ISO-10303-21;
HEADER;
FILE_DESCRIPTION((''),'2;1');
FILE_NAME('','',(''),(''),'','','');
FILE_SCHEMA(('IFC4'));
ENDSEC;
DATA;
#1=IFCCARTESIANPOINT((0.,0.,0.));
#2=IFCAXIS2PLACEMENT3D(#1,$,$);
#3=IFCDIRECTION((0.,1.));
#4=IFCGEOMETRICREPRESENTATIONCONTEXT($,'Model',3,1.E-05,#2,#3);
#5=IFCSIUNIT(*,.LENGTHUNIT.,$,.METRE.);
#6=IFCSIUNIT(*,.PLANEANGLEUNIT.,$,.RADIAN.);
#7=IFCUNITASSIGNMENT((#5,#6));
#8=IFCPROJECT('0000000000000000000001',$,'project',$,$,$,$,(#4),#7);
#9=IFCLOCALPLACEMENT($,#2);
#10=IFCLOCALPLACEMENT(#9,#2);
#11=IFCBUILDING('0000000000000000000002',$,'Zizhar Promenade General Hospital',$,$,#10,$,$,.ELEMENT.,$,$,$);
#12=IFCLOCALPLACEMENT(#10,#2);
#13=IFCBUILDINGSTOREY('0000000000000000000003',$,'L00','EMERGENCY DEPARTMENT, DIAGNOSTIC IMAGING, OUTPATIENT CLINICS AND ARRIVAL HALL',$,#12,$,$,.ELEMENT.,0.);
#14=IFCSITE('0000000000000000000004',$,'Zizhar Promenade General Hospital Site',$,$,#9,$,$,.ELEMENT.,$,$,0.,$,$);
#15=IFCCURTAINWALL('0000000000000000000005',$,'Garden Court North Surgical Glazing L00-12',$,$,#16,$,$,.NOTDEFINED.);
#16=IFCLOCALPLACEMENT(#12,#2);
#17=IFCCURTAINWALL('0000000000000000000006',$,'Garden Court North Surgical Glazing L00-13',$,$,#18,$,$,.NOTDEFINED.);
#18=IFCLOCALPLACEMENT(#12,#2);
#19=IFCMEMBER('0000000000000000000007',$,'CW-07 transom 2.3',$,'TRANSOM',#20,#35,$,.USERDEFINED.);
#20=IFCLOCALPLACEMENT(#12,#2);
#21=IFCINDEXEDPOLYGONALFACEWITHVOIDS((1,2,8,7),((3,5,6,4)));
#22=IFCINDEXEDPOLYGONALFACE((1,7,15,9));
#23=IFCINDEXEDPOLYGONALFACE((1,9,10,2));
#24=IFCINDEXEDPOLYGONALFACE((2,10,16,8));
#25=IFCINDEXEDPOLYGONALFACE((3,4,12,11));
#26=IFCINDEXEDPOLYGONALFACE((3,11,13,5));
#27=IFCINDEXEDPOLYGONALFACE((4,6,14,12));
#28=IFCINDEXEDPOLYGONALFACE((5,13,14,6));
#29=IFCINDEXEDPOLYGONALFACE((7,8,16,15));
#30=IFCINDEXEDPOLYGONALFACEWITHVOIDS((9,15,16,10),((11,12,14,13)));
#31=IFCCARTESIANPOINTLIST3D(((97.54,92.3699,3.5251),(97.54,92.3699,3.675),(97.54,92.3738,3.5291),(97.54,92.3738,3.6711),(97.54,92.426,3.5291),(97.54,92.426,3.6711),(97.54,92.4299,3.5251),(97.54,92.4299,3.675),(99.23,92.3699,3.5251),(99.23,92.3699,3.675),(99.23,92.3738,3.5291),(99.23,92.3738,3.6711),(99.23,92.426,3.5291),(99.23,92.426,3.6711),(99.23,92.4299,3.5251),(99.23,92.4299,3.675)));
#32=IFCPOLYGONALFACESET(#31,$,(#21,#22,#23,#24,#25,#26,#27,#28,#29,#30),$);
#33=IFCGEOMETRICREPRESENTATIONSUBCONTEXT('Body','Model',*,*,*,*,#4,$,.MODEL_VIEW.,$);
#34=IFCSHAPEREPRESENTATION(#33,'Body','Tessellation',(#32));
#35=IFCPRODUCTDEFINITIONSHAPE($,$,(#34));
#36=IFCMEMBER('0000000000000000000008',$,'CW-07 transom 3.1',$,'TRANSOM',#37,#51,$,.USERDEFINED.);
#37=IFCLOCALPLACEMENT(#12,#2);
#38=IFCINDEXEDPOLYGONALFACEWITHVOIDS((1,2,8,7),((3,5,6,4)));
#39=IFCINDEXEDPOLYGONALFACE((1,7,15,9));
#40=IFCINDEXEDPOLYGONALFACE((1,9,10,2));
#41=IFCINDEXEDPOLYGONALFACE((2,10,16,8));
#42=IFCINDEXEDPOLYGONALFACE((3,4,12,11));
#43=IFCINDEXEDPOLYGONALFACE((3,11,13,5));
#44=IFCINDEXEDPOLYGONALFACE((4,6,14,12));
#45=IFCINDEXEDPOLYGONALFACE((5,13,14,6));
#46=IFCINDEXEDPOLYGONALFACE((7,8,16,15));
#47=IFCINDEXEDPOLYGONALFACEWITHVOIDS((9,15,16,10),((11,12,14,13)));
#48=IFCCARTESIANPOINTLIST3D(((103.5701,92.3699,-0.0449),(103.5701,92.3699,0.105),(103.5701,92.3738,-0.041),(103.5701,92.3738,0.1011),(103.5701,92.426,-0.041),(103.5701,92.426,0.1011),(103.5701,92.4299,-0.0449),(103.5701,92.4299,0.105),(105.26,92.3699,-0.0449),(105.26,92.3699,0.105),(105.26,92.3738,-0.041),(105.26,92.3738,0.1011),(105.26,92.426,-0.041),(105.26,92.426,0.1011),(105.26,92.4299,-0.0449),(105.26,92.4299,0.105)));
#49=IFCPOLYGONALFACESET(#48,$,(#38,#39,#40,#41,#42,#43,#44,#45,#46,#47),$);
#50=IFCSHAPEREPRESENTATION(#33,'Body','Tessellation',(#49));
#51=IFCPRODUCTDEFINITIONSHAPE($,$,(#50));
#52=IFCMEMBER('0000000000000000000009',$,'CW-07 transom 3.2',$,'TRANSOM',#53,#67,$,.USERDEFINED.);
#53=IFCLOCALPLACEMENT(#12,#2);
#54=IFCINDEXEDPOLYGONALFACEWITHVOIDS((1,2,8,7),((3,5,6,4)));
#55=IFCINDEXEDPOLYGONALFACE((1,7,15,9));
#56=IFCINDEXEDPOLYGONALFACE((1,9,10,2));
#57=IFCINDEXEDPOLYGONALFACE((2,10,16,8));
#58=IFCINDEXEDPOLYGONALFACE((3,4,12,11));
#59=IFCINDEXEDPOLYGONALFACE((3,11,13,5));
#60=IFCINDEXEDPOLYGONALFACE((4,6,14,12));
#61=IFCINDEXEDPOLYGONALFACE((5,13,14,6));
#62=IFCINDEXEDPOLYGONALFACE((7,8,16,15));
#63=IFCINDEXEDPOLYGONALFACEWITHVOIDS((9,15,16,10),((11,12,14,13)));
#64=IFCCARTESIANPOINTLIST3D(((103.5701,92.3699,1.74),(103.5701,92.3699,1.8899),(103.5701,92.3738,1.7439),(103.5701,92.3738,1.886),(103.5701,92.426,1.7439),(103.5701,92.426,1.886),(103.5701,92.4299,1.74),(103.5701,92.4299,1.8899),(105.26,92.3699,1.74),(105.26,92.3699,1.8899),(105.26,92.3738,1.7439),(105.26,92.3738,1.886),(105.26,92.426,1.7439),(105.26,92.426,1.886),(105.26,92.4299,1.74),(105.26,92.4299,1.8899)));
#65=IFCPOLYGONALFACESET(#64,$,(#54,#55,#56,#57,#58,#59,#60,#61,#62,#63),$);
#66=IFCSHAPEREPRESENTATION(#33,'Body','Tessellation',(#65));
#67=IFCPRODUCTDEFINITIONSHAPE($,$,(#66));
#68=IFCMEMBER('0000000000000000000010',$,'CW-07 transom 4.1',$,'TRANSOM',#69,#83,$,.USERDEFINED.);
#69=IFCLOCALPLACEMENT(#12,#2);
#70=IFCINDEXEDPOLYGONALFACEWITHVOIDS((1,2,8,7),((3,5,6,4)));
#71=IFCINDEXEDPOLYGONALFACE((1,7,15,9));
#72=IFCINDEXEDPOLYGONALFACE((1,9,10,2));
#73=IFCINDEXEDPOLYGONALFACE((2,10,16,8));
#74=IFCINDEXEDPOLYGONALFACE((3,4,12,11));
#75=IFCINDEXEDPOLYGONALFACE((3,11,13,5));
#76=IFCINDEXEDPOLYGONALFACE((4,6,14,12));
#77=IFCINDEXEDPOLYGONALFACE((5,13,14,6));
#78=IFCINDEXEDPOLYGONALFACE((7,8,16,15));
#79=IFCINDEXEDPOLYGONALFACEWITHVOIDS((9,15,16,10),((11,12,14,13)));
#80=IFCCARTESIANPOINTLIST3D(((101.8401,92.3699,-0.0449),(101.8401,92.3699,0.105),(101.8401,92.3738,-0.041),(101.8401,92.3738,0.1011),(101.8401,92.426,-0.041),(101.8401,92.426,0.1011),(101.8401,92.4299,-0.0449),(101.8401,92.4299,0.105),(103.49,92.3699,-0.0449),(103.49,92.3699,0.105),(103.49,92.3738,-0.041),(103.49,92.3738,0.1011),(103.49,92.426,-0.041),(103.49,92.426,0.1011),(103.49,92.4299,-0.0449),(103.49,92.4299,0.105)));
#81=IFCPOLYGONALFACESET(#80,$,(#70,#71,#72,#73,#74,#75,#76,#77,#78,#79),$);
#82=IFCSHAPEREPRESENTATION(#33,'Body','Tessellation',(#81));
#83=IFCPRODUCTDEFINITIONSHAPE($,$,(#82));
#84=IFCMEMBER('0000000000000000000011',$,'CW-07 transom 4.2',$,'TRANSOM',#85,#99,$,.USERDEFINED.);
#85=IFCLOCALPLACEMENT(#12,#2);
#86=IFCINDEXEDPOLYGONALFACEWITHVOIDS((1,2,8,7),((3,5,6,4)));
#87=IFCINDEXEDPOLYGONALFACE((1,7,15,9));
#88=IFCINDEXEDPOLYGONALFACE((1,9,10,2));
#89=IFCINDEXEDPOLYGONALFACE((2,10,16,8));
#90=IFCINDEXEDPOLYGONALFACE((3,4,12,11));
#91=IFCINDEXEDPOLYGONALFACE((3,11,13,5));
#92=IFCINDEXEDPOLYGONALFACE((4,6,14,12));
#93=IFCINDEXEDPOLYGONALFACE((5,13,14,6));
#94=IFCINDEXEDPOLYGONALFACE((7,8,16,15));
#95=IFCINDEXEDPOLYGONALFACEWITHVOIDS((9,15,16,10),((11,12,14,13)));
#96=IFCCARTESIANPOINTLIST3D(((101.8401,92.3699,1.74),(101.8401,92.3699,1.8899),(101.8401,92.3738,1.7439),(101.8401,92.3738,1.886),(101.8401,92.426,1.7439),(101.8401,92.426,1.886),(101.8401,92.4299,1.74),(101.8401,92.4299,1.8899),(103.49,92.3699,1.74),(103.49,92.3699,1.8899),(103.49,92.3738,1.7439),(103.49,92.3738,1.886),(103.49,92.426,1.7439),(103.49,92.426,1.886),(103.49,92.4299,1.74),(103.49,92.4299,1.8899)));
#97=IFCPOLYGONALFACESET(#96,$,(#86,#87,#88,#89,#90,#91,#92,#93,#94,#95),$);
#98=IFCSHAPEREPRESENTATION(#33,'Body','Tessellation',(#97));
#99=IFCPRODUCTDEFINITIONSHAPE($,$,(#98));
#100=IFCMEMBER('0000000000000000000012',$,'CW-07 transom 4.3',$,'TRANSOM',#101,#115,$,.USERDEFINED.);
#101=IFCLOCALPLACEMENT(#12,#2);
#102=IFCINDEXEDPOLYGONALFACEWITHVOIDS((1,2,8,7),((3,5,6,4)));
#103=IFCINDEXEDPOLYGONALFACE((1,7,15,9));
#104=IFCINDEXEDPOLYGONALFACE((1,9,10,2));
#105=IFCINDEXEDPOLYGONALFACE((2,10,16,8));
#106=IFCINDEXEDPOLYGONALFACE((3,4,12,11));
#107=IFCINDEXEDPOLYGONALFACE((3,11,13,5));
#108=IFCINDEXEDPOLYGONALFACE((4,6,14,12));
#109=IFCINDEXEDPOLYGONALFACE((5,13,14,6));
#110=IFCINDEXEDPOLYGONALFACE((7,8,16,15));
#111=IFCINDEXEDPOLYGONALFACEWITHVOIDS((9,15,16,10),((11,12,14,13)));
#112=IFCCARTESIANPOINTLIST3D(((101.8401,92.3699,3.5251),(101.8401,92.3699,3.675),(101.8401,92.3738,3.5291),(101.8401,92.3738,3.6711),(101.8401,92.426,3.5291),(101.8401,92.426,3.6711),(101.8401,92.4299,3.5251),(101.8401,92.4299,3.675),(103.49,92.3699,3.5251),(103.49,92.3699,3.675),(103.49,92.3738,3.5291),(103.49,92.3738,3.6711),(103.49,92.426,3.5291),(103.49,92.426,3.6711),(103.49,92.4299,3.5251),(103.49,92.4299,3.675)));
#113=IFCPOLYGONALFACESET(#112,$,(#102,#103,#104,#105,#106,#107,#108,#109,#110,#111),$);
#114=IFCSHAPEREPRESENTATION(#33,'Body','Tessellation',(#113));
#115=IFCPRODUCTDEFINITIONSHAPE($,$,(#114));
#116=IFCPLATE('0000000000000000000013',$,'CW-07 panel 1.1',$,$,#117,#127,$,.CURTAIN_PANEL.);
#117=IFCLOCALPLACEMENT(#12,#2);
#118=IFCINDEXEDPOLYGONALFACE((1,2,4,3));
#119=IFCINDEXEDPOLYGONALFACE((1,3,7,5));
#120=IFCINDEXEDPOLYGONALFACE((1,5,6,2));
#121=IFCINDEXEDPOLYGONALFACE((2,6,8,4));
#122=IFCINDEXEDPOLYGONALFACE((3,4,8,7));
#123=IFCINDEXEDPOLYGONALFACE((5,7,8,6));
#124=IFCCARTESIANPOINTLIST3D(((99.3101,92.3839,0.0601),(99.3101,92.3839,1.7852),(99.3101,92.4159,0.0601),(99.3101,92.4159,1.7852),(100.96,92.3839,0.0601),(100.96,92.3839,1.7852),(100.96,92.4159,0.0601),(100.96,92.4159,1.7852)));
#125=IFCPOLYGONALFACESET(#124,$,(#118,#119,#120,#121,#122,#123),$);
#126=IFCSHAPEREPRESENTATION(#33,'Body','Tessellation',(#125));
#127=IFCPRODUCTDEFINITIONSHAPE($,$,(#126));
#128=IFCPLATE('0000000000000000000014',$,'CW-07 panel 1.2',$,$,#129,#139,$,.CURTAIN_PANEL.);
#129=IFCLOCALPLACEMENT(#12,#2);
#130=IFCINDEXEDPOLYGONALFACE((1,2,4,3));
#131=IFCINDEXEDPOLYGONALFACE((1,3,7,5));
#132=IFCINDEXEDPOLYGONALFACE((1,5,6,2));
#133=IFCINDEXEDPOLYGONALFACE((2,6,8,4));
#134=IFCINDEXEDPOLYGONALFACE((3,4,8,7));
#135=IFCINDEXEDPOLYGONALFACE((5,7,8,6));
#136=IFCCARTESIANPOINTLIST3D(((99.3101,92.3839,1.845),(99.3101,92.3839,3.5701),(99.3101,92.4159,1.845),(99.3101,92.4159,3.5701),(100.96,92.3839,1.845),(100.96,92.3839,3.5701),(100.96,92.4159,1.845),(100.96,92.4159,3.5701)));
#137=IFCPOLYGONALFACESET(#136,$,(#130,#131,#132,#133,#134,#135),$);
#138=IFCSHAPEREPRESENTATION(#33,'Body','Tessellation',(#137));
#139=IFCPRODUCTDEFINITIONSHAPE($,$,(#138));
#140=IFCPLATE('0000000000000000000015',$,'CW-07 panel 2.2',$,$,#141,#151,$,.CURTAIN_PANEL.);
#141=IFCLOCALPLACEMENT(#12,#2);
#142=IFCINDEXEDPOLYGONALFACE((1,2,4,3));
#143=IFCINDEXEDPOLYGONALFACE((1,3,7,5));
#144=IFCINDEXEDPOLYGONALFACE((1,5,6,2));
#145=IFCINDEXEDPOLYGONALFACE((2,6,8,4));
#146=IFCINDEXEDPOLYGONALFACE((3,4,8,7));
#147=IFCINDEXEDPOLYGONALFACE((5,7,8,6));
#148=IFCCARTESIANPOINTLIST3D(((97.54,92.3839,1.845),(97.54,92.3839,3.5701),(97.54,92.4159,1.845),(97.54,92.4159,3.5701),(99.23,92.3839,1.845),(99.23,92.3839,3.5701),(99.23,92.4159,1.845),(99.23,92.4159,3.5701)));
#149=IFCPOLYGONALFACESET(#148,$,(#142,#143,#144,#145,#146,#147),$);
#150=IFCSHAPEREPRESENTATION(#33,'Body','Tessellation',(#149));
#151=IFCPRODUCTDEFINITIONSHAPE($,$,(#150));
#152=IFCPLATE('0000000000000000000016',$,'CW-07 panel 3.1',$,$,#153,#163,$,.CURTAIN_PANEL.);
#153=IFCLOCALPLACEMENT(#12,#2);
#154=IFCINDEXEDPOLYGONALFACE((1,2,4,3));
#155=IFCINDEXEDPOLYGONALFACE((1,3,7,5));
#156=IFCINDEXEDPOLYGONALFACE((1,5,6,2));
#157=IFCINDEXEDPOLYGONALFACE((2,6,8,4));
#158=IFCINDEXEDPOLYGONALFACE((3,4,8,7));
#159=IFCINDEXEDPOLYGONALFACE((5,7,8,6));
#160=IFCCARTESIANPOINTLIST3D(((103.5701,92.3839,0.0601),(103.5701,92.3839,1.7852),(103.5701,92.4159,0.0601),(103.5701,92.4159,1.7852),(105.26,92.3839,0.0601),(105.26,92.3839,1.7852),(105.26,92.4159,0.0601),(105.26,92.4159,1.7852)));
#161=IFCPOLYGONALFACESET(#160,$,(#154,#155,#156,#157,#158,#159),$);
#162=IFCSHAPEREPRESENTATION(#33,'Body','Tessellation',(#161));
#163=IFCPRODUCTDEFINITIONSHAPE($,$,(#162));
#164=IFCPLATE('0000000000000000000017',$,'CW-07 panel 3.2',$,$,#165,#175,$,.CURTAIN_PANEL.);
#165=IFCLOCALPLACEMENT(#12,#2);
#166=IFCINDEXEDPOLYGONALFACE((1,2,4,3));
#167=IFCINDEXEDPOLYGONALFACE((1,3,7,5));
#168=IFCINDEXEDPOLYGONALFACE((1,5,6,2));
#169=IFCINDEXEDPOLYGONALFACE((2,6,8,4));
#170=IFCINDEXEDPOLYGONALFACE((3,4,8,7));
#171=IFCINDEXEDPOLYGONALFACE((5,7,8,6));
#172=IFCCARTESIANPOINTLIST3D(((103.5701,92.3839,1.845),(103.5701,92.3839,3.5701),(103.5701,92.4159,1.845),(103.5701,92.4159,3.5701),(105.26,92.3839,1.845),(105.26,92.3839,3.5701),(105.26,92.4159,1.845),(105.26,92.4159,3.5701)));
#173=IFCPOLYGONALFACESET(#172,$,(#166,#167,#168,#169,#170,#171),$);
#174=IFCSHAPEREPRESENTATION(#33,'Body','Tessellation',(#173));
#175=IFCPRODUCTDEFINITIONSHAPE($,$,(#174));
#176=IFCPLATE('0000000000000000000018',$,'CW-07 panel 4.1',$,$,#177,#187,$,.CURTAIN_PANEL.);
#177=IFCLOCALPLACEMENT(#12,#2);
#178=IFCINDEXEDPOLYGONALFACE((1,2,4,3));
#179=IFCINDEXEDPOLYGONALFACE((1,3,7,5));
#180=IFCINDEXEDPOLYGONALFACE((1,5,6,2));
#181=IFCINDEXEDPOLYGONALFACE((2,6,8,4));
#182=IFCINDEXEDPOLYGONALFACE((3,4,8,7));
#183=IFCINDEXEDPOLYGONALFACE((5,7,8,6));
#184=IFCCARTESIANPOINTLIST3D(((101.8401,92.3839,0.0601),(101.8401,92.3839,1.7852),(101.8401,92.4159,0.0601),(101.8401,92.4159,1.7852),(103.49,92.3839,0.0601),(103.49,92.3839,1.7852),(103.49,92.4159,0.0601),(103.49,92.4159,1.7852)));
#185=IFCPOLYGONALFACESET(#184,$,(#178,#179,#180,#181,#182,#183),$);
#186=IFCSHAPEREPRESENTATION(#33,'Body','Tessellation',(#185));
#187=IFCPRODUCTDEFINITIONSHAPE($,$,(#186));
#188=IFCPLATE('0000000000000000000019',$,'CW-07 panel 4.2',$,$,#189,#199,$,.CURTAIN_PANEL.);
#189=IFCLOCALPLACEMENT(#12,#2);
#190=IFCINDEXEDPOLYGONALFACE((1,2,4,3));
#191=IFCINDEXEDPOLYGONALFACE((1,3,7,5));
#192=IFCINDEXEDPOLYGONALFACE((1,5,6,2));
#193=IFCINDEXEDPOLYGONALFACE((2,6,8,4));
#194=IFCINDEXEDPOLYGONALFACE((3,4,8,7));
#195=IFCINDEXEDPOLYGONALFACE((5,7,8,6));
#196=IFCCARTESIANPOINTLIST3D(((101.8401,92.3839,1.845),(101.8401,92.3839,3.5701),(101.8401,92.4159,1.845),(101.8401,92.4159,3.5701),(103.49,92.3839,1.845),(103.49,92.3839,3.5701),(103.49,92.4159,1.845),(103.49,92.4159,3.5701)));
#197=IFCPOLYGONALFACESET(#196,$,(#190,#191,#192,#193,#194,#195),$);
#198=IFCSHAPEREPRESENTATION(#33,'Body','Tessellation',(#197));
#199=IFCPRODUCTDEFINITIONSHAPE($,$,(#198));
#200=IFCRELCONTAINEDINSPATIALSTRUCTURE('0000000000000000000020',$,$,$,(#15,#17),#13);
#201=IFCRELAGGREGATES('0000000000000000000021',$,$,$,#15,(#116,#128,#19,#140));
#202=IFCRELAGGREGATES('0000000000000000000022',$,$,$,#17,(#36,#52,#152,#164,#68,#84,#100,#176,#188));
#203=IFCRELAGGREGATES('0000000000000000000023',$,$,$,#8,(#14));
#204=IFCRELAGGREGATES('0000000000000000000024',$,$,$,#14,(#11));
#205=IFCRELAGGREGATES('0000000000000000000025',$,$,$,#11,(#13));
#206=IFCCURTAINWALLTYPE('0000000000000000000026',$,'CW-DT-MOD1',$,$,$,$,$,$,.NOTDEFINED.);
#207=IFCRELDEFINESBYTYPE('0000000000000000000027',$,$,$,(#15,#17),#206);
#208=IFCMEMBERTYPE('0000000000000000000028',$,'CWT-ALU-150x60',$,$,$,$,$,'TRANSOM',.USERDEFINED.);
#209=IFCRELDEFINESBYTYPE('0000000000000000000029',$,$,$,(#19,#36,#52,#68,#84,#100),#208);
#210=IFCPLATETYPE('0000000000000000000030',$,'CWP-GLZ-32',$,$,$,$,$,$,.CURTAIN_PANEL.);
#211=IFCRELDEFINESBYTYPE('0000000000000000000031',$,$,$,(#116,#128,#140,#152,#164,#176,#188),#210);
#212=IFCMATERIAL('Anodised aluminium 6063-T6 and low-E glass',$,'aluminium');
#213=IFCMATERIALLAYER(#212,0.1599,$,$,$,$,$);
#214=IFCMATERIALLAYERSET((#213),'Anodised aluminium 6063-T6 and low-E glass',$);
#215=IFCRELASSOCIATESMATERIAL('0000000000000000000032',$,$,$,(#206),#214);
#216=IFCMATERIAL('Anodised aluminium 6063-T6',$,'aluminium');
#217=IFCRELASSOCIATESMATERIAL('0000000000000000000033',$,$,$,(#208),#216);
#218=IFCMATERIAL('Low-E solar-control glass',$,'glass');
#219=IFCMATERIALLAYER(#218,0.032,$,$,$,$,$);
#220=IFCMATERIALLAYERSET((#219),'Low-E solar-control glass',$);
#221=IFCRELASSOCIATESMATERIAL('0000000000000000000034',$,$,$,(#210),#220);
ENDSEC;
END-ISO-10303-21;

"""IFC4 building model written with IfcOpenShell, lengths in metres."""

from ifc_helpers import new_model, si_unit, direction, frame, origin, origin_2d, place, context, subcontext, project, spatial, rectangle, hollow_rectangle, extrude, material, layer, layer_set, material_profile, profile_set, type_object, element, aggregate, save


model = new_model("IFC4")

# Units and contexts
model_context = context("Model", 3, precision=1e-05, world=origin(), true_north=direction((0.0, 1.0)))
body_context = subcontext(model_context, "Body", "Model", "MODEL_VIEW")
ifc_project = project(units=[si_unit("LENGTHUNIT", "METRE"), si_unit("PLANEANGLEUNIT", "RADIAN")], contexts=[model_context])

# Site, building, storey
site_placement = place(None, origin())
site = spatial("IfcSite", under=ifc_project, at=site_placement, Name="Zizhar Promenade General Hospital Site", CompositionType="ELEMENT", RefElevation=0.0)
building_placement = place(site_placement, origin())
building = spatial("IfcBuilding", under=site, at=building_placement, Name="Zizhar Promenade General Hospital", CompositionType="ELEMENT")
storey_placement = place(building_placement, origin())
storey = spatial("IfcBuildingStorey", under=building, at=storey_placement, Name="L00", Description="EMERGENCY DEPARTMENT, DIAGNOSTIC IMAGING, OUTPATIENT CLINICS AND ARRIVAL HALL", CompositionType="ELEMENT", Elevation=0.0)

# Curtain walls
ifc_material_1 = material(Name="Anodised aluminium 6063-T6 and low-E glass", Category="aluminium")
ifc_layer_1 = layer(ifc_material_1, 0.1599)
ifc_layer_set_1 = layer_set([ifc_layer_1], Name="Anodised aluminium 6063-T6 and low-E glass")
curtain_wall_type = type_object("IfcCurtainWallType", Name="CW-DT-MOD1", PredefinedType="NOTDEFINED", material=ifc_layer_set_1)
curtain_wall_1_placement = place(storey_placement, origin())
curtain_wall_1 = element("IfcCurtainWall", 1, at=curtain_wall_1_placement, inside=storey, type_object=curtain_wall_type, Name="Garden Court North Surgical Glazing L00-12", PredefinedType="NOTDEFINED")
curtain_wall_2_placement = place(storey_placement, origin())
curtain_wall_2 = element("IfcCurtainWall", 2, at=curtain_wall_2_placement, inside=storey, type_object=curtain_wall_type, Name="Garden Court North Surgical Glazing L00-13", PredefinedType="NOTDEFINED")

# Members
ifc_material_2 = material(Name="Anodised aluminium 6063-T6", Category="aluminium")
ifc_material_profile_1 = material_profile(ifc_material_2, hollow_rectangle(XDim=0.0601, YDim=0.1499, WallThickness=0.0039, at=origin_2d()))
ifc_profile_set_1 = profile_set([ifc_material_profile_1], Name="Anodised aluminium 6063-T6")
member_type_1 = type_object("IfcMemberType", Name="CWT-ALU-150x60", ElementType="TRANSOM", PredefinedType="USERDEFINED", material=ifc_profile_set_1)
member_1_placement = place(storey_placement, frame((99.23, 92.3999, 3.6001), z_axis=(-1.0, 0.0, 0.0), x_axis=(0.0, -1.0, 0.0)))
member_1 = element("IfcMember", 3, at=member_1_placement, type_object=member_type_1, Name="CW-07 transom 2.3", ObjectType="TRANSOM", PredefinedType="USERDEFINED", context=body_context, shape_type="SweptSolid", body=[
    extrude(hollow_rectangle(XDim=0.0601, YDim=0.1499, WallThickness=0.0039, at=origin_2d()), origin(), (0.0, 0.0, 1.0), 1.6899),
])
member_2_placement = place(storey_placement, frame((105.26, 92.3999, 0.03), z_axis=(-1.0, 0.0, 0.0), x_axis=(0.0, -1.0, 0.0)))
member_2 = element("IfcMember", 4, at=member_2_placement, type_object=member_type_1, Name="CW-07 transom 3.1", ObjectType="TRANSOM", PredefinedType="USERDEFINED", context=body_context, shape_type="SweptSolid", body=[
    extrude(hollow_rectangle(XDim=0.0601, YDim=0.1499, WallThickness=0.0039, at=origin_2d()), origin(), (0.0, 0.0, 1.0), 1.6899),
])
member_3_placement = place(storey_placement, frame((105.26, 92.3999, 1.8149), z_axis=(-1.0, 0.0, 0.0), x_axis=(0.0, -1.0, 0.0)))
member_3 = element("IfcMember", 5, at=member_3_placement, type_object=member_type_1, Name="CW-07 transom 3.2", ObjectType="TRANSOM", PredefinedType="USERDEFINED", context=body_context, shape_type="SweptSolid", body=[
    extrude(hollow_rectangle(XDim=0.0601, YDim=0.1499, WallThickness=0.0039, at=origin_2d()), origin(), (0.0, 0.0, 1.0), 1.6899),
])
member_4_placement = place(storey_placement, frame((103.49, 92.3999, 0.03), z_axis=(-1.0, 0.0, 0.0), x_axis=(0.0, -1.0, 0.0)))
member_4 = element("IfcMember", 6, at=member_4_placement, type_object=member_type_1, Name="CW-07 transom 4.1", ObjectType="TRANSOM", PredefinedType="USERDEFINED", context=body_context, shape_type="SweptSolid", body=[
    extrude(hollow_rectangle(XDim=0.0601, YDim=0.1499, WallThickness=0.0039, at=origin_2d()), origin(), (0.0, 0.0, 1.0), 1.6499),
])
member_5_placement = place(storey_placement, frame((103.49, 92.3999, 1.8149), z_axis=(-1.0, 0.0, 0.0), x_axis=(0.0, -1.0, 0.0)))
member_5 = element("IfcMember", 7, at=member_5_placement, type_object=member_type_1, Name="CW-07 transom 4.2", ObjectType="TRANSOM", PredefinedType="USERDEFINED", context=body_context, shape_type="SweptSolid", body=[
    extrude(hollow_rectangle(XDim=0.0601, YDim=0.1499, WallThickness=0.0039, at=origin_2d()), origin(), (0.0, 0.0, 1.0), 1.6499),
])
member_6_placement = place(storey_placement, frame((103.49, 92.3999, 3.6001), z_axis=(-1.0, 0.0, 0.0), x_axis=(0.0, -1.0, 0.0)))
member_6 = element("IfcMember", 8, at=member_6_placement, type_object=member_type_1, Name="CW-07 transom 4.3", ObjectType="TRANSOM", PredefinedType="USERDEFINED", context=body_context, shape_type="SweptSolid", body=[
    extrude(hollow_rectangle(XDim=0.0601, YDim=0.1499, WallThickness=0.0039, at=origin_2d()), origin(), (0.0, 0.0, 1.0), 1.6499),
])

# Plates
ifc_material_3 = material(Name="Low-E solar-control glass", Category="glass")
ifc_layer_2 = layer(ifc_material_3, 0.032)
ifc_layer_set_2 = layer_set([ifc_layer_2], Name="Low-E solar-control glass")
plate_type = type_object("IfcPlateType", Name="CWP-GLZ-32", PredefinedType="CURTAIN_PANEL", material=ifc_layer_set_2)
plate_1_placement = place(storey_placement, frame((100.135, 92.3999, 0.0601), z_axis=(0.0, 0.0, 1.0), x_axis=(-1.0, 0.0, 0.0)))
plate_1 = element("IfcPlate", 9, at=plate_1_placement, type_object=plate_type, Name="CW-07 panel 1.1", PredefinedType="CURTAIN_PANEL", context=body_context, shape_type="SweptSolid", body=[
    extrude(rectangle(XDim=1.6499, YDim=0.032, at=origin_2d()), origin(), (0.0, 0.0, 1.0), 1.7251),
])
plate_2_placement = place(storey_placement, frame((100.135, 92.3999, 1.845), z_axis=(0.0, 0.0, 1.0), x_axis=(-1.0, 0.0, 0.0)))
plate_2 = element("IfcPlate", 10, at=plate_2_placement, type_object=plate_type, Name="CW-07 panel 1.2", PredefinedType="CURTAIN_PANEL", context=body_context, shape_type="SweptSolid", body=[
    extrude(rectangle(XDim=1.6499, YDim=0.032, at=origin_2d()), origin(), (0.0, 0.0, 1.0), 1.7251),
])
plate_3_placement = place(storey_placement, frame((98.385, 92.3999, 1.845), z_axis=(0.0, 0.0, 1.0), x_axis=(-1.0, 0.0, 0.0)))
plate_3 = element("IfcPlate", 11, at=plate_3_placement, type_object=plate_type, Name="CW-07 panel 2.2", PredefinedType="CURTAIN_PANEL", context=body_context, shape_type="SweptSolid", body=[
    extrude(rectangle(XDim=1.6899, YDim=0.032, at=origin_2d()), origin(), (0.0, 0.0, 1.0), 1.7251),
])
aggregate(curtain_wall_1, [plate_1, plate_2, member_1, plate_3])
plate_4_placement = place(storey_placement, frame((104.415, 92.3999, 0.0601), z_axis=(0.0, 0.0, 1.0), x_axis=(-1.0, 0.0, 0.0)))
plate_4 = element("IfcPlate", 12, at=plate_4_placement, type_object=plate_type, Name="CW-07 panel 3.1", PredefinedType="CURTAIN_PANEL", context=body_context, shape_type="SweptSolid", body=[
    extrude(rectangle(XDim=1.6899, YDim=0.032, at=origin_2d()), origin(), (0.0, 0.0, 1.0), 1.7251),
])
plate_5_placement = place(storey_placement, frame((104.415, 92.3999, 1.845), z_axis=(0.0, 0.0, 1.0), x_axis=(-1.0, 0.0, 0.0)))
plate_5 = element("IfcPlate", 13, at=plate_5_placement, type_object=plate_type, Name="CW-07 panel 3.2", PredefinedType="CURTAIN_PANEL", context=body_context, shape_type="SweptSolid", body=[
    extrude(rectangle(XDim=1.6899, YDim=0.032, at=origin_2d()), origin(), (0.0, 0.0, 1.0), 1.7251),
])
plate_6_placement = place(storey_placement, frame((102.665, 92.3999, 0.0601), z_axis=(0.0, 0.0, 1.0), x_axis=(-1.0, 0.0, 0.0)))
plate_6 = element("IfcPlate", 14, at=plate_6_placement, type_object=plate_type, Name="CW-07 panel 4.1", PredefinedType="CURTAIN_PANEL", context=body_context, shape_type="SweptSolid", body=[
    extrude(rectangle(XDim=1.6499, YDim=0.032, at=origin_2d()), origin(), (0.0, 0.0, 1.0), 1.7251),
])
plate_7_placement = place(storey_placement, frame((102.665, 92.3999, 1.845), z_axis=(0.0, 0.0, 1.0), x_axis=(-1.0, 0.0, 0.0)))
plate_7 = element("IfcPlate", 15, at=plate_7_placement, type_object=plate_type, Name="CW-07 panel 4.2", PredefinedType="CURTAIN_PANEL", context=body_context, shape_type="SweptSolid", body=[
    extrude(rectangle(XDim=1.6499, YDim=0.032, at=origin_2d()), origin(), (0.0, 0.0, 1.0), 1.7251),
])
aggregate(curtain_wall_2, [member_2, member_3, plate_4, plate_5, member_4, member_5, member_6, plate_6, plate_7])

save(model, "model.ifc")
